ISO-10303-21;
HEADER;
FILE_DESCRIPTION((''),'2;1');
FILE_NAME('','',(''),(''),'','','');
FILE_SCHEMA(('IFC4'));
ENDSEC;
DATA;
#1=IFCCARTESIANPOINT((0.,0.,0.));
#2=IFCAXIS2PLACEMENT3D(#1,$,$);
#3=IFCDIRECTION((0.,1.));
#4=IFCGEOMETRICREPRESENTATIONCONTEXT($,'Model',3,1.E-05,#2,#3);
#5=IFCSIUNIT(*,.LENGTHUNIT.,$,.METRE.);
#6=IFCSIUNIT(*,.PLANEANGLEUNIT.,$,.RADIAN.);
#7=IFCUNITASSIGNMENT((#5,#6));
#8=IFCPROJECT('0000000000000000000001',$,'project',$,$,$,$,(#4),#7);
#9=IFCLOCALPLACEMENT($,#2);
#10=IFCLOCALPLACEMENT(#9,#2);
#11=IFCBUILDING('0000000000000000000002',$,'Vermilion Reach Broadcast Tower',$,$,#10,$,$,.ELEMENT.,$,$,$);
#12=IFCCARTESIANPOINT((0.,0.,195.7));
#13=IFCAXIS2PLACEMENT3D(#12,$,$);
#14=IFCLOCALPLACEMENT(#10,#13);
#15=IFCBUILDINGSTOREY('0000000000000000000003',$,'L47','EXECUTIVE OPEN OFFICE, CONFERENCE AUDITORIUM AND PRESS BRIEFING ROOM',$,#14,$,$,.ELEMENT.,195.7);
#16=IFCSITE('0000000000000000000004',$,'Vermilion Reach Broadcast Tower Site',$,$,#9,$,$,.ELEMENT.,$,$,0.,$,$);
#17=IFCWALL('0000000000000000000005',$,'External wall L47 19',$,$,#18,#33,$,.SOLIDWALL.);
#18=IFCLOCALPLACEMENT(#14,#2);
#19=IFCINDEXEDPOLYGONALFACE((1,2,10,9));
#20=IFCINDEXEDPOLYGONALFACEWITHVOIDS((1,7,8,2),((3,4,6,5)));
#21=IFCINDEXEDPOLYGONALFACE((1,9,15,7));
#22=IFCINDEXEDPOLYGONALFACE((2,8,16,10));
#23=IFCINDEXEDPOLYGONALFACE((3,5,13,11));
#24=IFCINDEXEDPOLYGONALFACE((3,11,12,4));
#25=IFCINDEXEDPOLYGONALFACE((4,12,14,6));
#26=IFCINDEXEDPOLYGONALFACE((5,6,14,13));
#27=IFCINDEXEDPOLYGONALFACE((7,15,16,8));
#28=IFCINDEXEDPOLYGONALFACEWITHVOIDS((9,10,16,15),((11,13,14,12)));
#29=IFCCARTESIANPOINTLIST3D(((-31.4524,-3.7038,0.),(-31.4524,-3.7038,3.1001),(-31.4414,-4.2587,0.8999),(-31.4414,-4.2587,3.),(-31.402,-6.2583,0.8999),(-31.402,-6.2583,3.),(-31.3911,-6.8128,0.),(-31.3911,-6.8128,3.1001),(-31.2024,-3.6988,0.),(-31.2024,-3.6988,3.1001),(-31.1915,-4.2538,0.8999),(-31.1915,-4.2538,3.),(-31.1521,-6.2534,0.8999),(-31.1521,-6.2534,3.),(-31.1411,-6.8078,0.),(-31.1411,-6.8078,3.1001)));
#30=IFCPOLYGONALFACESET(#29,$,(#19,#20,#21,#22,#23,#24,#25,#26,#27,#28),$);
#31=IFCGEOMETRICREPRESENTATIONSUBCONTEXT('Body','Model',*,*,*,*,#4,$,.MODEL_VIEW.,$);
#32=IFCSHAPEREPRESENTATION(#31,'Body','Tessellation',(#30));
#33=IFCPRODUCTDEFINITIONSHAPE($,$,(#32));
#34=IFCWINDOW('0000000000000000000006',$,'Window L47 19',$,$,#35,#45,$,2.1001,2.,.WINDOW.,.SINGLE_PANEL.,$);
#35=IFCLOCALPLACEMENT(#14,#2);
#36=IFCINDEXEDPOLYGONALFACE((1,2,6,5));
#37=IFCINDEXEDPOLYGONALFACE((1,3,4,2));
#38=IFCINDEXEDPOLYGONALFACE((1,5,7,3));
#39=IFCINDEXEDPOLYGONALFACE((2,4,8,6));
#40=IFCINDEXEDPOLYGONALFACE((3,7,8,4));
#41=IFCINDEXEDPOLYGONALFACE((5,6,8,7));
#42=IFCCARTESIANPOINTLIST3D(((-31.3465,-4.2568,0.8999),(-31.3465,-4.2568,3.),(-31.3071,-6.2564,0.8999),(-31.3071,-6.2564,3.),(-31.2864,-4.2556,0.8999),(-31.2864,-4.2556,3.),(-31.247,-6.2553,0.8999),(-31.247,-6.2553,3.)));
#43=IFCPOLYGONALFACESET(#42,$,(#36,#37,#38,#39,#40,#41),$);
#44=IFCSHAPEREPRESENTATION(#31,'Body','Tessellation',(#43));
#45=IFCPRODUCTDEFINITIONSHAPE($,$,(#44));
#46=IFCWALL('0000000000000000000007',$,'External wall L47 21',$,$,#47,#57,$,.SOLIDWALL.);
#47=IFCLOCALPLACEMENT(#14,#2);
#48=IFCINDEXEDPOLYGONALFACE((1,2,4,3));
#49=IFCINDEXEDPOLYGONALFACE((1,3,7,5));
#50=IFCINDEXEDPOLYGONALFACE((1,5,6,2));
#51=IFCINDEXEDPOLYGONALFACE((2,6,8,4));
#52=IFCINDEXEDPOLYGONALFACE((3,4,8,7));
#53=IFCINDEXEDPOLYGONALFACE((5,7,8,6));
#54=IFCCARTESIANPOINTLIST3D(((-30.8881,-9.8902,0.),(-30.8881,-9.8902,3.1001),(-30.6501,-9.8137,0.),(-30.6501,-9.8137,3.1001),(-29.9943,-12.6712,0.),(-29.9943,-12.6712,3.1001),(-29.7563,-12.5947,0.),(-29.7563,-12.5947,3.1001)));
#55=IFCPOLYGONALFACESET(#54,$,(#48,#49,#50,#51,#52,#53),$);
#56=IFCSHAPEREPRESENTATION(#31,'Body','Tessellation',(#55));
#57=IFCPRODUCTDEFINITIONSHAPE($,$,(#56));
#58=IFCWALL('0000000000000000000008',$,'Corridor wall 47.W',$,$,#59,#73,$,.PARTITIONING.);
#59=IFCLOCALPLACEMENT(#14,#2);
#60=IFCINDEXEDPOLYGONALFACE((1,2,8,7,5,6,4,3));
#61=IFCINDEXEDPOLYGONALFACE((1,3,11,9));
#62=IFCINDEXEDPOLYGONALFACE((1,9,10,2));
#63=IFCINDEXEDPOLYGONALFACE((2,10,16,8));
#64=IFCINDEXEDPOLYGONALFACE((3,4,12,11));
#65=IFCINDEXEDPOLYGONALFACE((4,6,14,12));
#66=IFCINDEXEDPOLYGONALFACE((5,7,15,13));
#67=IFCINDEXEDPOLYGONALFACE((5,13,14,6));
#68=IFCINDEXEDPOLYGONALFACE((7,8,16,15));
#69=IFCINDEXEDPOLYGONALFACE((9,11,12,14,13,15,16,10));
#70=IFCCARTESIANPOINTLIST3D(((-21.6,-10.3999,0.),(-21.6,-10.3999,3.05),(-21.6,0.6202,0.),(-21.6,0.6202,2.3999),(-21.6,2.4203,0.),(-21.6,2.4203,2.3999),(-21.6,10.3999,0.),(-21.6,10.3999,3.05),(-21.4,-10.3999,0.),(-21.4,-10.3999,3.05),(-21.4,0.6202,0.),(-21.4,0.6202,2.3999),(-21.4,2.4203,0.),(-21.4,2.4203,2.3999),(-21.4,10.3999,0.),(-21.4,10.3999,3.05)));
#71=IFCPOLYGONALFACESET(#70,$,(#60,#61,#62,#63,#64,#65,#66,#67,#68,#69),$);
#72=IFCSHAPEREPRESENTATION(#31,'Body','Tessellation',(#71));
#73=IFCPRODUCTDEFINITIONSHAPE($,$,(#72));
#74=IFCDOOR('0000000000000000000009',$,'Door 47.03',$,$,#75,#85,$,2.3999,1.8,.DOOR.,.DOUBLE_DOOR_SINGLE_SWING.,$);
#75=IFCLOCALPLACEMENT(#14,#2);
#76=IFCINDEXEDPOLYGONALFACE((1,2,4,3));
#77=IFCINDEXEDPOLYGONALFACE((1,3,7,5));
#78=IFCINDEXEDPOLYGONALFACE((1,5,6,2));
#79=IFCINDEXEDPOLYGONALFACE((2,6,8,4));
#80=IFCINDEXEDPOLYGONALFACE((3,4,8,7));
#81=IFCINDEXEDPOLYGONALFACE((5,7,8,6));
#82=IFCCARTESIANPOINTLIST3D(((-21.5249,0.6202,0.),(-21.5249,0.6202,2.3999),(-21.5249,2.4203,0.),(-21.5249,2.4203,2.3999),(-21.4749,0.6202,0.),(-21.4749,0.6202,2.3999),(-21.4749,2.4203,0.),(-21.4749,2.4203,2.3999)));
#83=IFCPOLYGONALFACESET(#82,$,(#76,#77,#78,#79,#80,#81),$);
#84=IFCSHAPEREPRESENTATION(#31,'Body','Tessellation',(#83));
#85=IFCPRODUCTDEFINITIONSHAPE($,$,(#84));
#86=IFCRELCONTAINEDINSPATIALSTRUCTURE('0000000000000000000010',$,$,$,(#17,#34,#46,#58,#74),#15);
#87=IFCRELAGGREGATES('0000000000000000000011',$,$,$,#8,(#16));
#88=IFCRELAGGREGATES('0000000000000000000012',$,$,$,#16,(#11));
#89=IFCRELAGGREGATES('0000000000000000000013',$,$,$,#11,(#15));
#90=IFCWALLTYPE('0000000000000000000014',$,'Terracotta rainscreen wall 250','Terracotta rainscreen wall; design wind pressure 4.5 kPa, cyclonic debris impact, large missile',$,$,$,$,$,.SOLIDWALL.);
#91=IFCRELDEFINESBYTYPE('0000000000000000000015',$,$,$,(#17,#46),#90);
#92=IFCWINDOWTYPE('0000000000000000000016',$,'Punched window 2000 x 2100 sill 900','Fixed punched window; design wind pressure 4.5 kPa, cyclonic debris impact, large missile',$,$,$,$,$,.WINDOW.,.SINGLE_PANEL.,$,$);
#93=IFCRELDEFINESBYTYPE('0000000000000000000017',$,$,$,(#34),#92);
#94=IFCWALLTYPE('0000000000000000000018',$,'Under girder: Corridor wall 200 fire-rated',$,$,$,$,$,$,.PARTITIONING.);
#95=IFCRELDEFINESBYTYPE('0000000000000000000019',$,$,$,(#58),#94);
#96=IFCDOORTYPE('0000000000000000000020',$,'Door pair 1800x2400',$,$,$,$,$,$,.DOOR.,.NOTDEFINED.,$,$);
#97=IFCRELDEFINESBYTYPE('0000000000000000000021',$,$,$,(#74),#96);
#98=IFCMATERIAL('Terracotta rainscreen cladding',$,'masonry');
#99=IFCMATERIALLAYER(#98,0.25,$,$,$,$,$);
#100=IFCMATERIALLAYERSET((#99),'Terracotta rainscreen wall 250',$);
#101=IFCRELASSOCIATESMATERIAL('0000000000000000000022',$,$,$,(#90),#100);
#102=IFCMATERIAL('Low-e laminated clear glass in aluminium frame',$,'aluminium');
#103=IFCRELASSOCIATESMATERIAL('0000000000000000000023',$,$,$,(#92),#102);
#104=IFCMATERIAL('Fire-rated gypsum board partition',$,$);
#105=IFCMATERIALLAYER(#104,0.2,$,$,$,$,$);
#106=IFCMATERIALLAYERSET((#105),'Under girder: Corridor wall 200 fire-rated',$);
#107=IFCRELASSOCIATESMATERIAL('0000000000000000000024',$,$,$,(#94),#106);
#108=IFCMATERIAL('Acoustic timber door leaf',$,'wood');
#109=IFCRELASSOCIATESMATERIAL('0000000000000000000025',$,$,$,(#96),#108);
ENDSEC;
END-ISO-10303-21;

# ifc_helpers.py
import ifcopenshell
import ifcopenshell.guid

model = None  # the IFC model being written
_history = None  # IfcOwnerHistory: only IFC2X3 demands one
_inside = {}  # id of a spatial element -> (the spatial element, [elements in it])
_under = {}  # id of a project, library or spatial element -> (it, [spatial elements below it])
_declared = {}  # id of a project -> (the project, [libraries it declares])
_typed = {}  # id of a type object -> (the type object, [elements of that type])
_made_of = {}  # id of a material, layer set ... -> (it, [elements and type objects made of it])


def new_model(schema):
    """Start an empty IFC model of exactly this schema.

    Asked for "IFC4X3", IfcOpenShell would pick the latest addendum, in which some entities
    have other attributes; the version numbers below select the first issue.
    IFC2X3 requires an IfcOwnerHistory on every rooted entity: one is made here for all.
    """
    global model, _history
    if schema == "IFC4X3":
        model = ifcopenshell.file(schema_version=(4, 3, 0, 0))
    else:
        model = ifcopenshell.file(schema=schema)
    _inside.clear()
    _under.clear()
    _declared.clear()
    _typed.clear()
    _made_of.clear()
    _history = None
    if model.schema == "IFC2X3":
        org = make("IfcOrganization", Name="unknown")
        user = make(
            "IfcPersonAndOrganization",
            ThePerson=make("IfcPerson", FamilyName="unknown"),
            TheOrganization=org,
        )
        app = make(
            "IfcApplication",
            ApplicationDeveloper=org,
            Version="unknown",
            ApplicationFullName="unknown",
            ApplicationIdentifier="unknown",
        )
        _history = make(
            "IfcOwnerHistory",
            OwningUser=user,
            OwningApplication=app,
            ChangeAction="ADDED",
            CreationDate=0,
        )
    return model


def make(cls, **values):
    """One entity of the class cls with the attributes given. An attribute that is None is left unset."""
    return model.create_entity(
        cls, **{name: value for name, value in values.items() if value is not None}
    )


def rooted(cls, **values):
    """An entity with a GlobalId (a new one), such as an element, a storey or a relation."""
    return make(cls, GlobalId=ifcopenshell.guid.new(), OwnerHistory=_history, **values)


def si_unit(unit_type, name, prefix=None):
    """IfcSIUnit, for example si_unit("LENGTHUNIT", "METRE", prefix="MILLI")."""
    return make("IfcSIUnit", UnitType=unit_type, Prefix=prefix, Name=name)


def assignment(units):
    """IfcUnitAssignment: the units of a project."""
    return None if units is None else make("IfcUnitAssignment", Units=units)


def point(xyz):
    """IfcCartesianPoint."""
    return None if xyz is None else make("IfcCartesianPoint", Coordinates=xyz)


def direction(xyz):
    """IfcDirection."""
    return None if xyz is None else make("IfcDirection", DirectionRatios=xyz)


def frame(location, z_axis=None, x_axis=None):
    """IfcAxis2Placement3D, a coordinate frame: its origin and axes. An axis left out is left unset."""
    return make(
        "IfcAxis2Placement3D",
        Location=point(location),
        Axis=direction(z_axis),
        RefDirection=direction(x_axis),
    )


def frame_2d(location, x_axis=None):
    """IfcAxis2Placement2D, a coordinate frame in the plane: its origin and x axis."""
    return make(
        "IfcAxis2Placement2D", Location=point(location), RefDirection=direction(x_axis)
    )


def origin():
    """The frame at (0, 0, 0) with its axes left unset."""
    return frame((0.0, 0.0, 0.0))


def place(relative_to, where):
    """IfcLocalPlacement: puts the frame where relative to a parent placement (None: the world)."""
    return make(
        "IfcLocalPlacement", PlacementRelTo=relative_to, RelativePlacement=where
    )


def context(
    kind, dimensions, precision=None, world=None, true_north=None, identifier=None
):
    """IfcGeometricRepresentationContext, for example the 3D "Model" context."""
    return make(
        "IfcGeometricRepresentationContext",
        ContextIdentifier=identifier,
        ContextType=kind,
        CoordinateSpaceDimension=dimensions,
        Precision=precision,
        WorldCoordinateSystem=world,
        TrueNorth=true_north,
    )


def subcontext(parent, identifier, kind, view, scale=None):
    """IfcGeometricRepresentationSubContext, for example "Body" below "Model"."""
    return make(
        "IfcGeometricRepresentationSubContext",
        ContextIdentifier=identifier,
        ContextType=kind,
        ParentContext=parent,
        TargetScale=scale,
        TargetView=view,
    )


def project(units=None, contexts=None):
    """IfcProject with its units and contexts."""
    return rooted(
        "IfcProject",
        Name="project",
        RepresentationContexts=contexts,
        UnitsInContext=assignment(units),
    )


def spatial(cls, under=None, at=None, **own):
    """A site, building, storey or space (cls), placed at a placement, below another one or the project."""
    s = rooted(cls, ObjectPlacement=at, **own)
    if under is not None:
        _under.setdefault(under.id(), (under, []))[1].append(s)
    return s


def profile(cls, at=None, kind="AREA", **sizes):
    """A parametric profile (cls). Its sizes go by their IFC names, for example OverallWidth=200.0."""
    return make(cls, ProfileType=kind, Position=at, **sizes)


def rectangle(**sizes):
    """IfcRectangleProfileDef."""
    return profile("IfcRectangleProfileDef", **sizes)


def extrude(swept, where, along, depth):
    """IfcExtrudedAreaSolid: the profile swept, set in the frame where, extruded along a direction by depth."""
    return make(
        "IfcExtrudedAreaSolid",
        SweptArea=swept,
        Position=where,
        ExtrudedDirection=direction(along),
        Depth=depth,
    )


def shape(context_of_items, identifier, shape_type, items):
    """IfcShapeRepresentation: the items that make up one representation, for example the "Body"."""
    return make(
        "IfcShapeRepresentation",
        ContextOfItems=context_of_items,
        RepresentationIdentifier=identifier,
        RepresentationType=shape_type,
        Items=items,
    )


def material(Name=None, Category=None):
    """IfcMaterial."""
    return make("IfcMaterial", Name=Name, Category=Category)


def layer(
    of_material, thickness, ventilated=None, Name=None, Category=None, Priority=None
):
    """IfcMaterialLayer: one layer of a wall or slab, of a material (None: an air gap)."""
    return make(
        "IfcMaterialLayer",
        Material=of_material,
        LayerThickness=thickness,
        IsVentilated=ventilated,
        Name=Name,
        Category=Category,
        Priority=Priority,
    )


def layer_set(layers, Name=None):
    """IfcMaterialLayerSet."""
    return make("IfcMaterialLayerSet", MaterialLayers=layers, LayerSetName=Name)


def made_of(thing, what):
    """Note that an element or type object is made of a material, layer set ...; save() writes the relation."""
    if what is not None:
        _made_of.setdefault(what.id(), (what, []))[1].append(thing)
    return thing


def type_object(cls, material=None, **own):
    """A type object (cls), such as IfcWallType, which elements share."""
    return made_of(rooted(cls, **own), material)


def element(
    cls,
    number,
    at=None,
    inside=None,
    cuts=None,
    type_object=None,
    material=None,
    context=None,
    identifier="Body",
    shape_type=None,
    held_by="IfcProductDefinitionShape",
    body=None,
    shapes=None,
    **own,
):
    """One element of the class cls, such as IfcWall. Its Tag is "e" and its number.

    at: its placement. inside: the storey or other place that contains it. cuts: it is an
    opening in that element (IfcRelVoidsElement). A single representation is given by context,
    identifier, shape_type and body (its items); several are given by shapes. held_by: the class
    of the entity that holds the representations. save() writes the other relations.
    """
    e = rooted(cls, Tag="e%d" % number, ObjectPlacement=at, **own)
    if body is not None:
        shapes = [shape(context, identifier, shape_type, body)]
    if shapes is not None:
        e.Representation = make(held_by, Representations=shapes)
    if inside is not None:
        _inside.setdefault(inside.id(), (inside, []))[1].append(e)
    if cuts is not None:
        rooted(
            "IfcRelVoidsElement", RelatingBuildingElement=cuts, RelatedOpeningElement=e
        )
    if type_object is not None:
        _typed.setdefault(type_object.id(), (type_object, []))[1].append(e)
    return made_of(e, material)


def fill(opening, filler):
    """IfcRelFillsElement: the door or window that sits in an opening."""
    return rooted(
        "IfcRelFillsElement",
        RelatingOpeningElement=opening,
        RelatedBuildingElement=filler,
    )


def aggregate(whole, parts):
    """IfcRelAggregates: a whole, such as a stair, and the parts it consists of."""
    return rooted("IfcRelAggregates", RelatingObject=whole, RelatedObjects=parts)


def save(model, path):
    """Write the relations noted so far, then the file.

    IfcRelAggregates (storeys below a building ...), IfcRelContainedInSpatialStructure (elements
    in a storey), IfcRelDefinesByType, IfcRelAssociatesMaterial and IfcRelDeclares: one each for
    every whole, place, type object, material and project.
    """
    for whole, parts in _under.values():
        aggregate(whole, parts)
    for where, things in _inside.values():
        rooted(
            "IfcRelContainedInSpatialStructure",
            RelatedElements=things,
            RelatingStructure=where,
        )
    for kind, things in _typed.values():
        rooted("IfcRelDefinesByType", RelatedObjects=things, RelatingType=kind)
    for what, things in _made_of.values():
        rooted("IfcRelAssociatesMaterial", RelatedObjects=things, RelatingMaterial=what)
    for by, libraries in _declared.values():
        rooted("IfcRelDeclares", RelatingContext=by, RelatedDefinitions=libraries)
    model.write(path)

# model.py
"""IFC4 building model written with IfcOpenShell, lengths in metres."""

from ifc_helpers import new_model, si_unit, direction, frame, frame_2d, origin, place, context, subcontext, project, spatial, rectangle, extrude, material, layer, layer_set, type_object, element, fill, save


model = new_model("IFC4")

# Units and contexts
model_context = context("Model", 3, precision=1e-05, world=origin(), true_north=direction((0.0, 1.0)))
body_context = subcontext(model_context, "Body", "Model", "MODEL_VIEW")
ifc_project = project(units=[si_unit("LENGTHUNIT", "METRE"), si_unit("PLANEANGLEUNIT", "RADIAN")], contexts=[model_context])

# Site, building, storey
site_placement = place(None, origin())
site = spatial("IfcSite", under=ifc_project, at=site_placement, Name="Vermilion Reach Broadcast Tower Site", CompositionType="ELEMENT", RefElevation=0.0)
building_placement = place(site_placement, origin())
building = spatial("IfcBuilding", under=site, at=building_placement, Name="Vermilion Reach Broadcast Tower", CompositionType="ELEMENT")
storey_placement = place(building_placement, frame((0.0, 0.0, 195.7)))
storey = spatial("IfcBuildingStorey", under=building, at=storey_placement, Name="L47", Description="EXECUTIVE OPEN OFFICE, CONFERENCE AUDITORIUM AND PRESS BRIEFING ROOM", CompositionType="ELEMENT", Elevation=195.7)

# Wall, opening, window
ifc_material_1 = material(Name="Terracotta rainscreen cladding", Category="masonry")
ifc_layer_1 = layer(ifc_material_1, 0.25)
ifc_layer_set_1 = layer_set([ifc_layer_1], Name="Terracotta rainscreen wall 250")
wall_type_1 = type_object("IfcWallType", Name="Terracotta rainscreen wall 250", Description="Terracotta rainscreen wall; design wind pressure 4.5 kPa, cyclonic debris impact, large missile", PredefinedType="SOLIDWALL", material=ifc_layer_set_1)
ifc_material_2 = material(Name="Low-e laminated clear glass in aluminium frame", Category="aluminium")
window_type = type_object("IfcWindowType", Name="Punched window 2000 x 2100 sill 900", Description="Fixed punched window; design wind pressure 4.5 kPa, cyclonic debris impact, large missile", PartitioningType="SINGLE_PANEL", PredefinedType="WINDOW", material=ifc_material_2)
wall_1_placement = place(storey_placement, frame((-31.3274, -3.7014, 0.0), z_axis=(0.0, 0.0, 1.0), x_axis=(0.019706, -0.999806, 0.0)))
wall_1 = element("IfcWall", 1, at=wall_1_placement, inside=storey, type_object=wall_type_1, Name="External wall L47 19", PredefinedType="SOLIDWALL", context=body_context, shape_type="SweptSolid", body=[
    extrude(rectangle(XDim=3.1096, YDim=0.25, at=frame_2d((1.5547, 0.0))), origin(), (0.0, 0.0, 1.0), 3.1001),
])
opening_1_placement = place(wall_1_placement, frame((0.5549, 0.0, 0.8999)))
opening_1 = element("IfcOpeningElement", 2, at=opening_1_placement, cuts=wall_1, PredefinedType="OPENING", context=body_context, shape_type="SweptSolid", body=[
    extrude(rectangle(XDim=2.0, YDim=2.1001, at=frame_2d((1.0, 1.05))), frame((0.0, 0.135, 0.0), z_axis=(0.0, -1.0, 0.0), x_axis=(1.0, 0.0, 0.0)), (0.0, 0.0, 1.0), 0.27),
])
window_1_placement = place(opening_1_placement, origin())
window_1 = element("IfcWindow", 3, at=window_1_placement, inside=storey, type_object=window_type, Name="Window L47 19", OverallHeight=2.1001, OverallWidth=2.0, PartitioningType="SINGLE_PANEL", PredefinedType="WINDOW", context=body_context, shape_type="SweptSolid", body=[
    extrude(rectangle(XDim=2.0, YDim=2.1001, at=frame_2d((1.0, 1.05))), frame((0.0, 0.03, 0.0), z_axis=(0.0, -1.0, 0.0), x_axis=(1.0, 0.0, 0.0)), (0.0, 0.0, 1.0), 0.0601),
])
fill(opening_1, window_1)

# Wall
wall_2_placement = place(storey_placement, frame((-30.769, -9.8521, 0.0), z_axis=(0.0, 0.0, 1.0), x_axis=(0.305979, -0.952038, 0.0)))
element("IfcWall", 4, at=wall_2_placement, inside=storey, type_object=wall_type_1, Name="External wall L47 21", PredefinedType="SOLIDWALL", context=body_context, shape_type="SweptSolid", body=[
    extrude(rectangle(XDim=2.9211, YDim=0.25, at=frame_2d((1.4604, 0.0))), origin(), (0.0, 0.0, 1.0), 3.1001),
])

# Wall, opening, door
ifc_material_3 = material(Name="Fire-rated gypsum board partition")
ifc_layer_2 = layer(ifc_material_3, 0.2)
ifc_layer_set_2 = layer_set([ifc_layer_2], Name="Under girder: Corridor wall 200 fire-rated")
wall_type_2 = type_object("IfcWallType", Name="Under girder: Corridor wall 200 fire-rated", PredefinedType="PARTITIONING", material=ifc_layer_set_2)
wall_3_placement = place(storey_placement, frame((-21.5, -10.3999, 0.0), z_axis=(0.0, 0.0, 1.0), x_axis=(0.0, 1.0, 0.0)))
wall_3 = element("IfcWall", 5, at=wall_3_placement, inside=storey, type_object=wall_type_2, Name="Corridor wall 47.W", PredefinedType="PARTITIONING", context=body_context, shape_type="SweptSolid", body=[
    extrude(rectangle(XDim=20.7998, YDim=0.2, at=frame_2d((10.3999, 0.0))), origin(), (0.0, 0.0, 1.0), 3.05),
])
opening_2_placement = place(wall_3_placement, frame((11.0203, 0.0, 0.0)))
opening_2 = element("IfcOpeningElement", 6, at=opening_2_placement, cuts=wall_3, PredefinedType="OPENING", context=body_context, shape_type="SweptSolid", body=[
    extrude(rectangle(XDim=1.8, YDim=2.3999, at=frame_2d((0.8999, 1.2))), frame((0.0, 0.1099, 0.0), z_axis=(0.0, -1.0, 0.0), x_axis=(1.0, 0.0, 0.0)), (0.0, 0.0, 1.0), 0.22),
])
ifc_material_4 = material(Name="Acoustic timber door leaf", Category="wood")
door_type_1 = type_object("IfcDoorType", Name="Door pair 1800x2400", OperationType="NOTDEFINED", PredefinedType="DOOR", material=ifc_material_4)
door_1_placement = place(opening_2_placement, origin())
door_1 = element("IfcDoor", 7, at=door_1_placement, inside=storey, type_object=door_type_1, Name="Door 47.03", OperationType="DOUBLE_DOOR_SINGLE_SWING", OverallHeight=2.3999, OverallWidth=1.8, PredefinedType="DOOR", context=body_context, shape_type="SweptSolid", body=[
    extrude(rectangle(XDim=1.8, YDim=2.3999, at=frame_2d((0.8999, 1.2))), frame((0.0, 0.0249, 0.0), z_axis=(0.0, -1.0, 0.0), x_axis=(1.0, 0.0, 0.0)), (0.0, 0.0, 1.0), 0.05),
])
fill(opening_2, door_1)

save(model, "model.ifc")
